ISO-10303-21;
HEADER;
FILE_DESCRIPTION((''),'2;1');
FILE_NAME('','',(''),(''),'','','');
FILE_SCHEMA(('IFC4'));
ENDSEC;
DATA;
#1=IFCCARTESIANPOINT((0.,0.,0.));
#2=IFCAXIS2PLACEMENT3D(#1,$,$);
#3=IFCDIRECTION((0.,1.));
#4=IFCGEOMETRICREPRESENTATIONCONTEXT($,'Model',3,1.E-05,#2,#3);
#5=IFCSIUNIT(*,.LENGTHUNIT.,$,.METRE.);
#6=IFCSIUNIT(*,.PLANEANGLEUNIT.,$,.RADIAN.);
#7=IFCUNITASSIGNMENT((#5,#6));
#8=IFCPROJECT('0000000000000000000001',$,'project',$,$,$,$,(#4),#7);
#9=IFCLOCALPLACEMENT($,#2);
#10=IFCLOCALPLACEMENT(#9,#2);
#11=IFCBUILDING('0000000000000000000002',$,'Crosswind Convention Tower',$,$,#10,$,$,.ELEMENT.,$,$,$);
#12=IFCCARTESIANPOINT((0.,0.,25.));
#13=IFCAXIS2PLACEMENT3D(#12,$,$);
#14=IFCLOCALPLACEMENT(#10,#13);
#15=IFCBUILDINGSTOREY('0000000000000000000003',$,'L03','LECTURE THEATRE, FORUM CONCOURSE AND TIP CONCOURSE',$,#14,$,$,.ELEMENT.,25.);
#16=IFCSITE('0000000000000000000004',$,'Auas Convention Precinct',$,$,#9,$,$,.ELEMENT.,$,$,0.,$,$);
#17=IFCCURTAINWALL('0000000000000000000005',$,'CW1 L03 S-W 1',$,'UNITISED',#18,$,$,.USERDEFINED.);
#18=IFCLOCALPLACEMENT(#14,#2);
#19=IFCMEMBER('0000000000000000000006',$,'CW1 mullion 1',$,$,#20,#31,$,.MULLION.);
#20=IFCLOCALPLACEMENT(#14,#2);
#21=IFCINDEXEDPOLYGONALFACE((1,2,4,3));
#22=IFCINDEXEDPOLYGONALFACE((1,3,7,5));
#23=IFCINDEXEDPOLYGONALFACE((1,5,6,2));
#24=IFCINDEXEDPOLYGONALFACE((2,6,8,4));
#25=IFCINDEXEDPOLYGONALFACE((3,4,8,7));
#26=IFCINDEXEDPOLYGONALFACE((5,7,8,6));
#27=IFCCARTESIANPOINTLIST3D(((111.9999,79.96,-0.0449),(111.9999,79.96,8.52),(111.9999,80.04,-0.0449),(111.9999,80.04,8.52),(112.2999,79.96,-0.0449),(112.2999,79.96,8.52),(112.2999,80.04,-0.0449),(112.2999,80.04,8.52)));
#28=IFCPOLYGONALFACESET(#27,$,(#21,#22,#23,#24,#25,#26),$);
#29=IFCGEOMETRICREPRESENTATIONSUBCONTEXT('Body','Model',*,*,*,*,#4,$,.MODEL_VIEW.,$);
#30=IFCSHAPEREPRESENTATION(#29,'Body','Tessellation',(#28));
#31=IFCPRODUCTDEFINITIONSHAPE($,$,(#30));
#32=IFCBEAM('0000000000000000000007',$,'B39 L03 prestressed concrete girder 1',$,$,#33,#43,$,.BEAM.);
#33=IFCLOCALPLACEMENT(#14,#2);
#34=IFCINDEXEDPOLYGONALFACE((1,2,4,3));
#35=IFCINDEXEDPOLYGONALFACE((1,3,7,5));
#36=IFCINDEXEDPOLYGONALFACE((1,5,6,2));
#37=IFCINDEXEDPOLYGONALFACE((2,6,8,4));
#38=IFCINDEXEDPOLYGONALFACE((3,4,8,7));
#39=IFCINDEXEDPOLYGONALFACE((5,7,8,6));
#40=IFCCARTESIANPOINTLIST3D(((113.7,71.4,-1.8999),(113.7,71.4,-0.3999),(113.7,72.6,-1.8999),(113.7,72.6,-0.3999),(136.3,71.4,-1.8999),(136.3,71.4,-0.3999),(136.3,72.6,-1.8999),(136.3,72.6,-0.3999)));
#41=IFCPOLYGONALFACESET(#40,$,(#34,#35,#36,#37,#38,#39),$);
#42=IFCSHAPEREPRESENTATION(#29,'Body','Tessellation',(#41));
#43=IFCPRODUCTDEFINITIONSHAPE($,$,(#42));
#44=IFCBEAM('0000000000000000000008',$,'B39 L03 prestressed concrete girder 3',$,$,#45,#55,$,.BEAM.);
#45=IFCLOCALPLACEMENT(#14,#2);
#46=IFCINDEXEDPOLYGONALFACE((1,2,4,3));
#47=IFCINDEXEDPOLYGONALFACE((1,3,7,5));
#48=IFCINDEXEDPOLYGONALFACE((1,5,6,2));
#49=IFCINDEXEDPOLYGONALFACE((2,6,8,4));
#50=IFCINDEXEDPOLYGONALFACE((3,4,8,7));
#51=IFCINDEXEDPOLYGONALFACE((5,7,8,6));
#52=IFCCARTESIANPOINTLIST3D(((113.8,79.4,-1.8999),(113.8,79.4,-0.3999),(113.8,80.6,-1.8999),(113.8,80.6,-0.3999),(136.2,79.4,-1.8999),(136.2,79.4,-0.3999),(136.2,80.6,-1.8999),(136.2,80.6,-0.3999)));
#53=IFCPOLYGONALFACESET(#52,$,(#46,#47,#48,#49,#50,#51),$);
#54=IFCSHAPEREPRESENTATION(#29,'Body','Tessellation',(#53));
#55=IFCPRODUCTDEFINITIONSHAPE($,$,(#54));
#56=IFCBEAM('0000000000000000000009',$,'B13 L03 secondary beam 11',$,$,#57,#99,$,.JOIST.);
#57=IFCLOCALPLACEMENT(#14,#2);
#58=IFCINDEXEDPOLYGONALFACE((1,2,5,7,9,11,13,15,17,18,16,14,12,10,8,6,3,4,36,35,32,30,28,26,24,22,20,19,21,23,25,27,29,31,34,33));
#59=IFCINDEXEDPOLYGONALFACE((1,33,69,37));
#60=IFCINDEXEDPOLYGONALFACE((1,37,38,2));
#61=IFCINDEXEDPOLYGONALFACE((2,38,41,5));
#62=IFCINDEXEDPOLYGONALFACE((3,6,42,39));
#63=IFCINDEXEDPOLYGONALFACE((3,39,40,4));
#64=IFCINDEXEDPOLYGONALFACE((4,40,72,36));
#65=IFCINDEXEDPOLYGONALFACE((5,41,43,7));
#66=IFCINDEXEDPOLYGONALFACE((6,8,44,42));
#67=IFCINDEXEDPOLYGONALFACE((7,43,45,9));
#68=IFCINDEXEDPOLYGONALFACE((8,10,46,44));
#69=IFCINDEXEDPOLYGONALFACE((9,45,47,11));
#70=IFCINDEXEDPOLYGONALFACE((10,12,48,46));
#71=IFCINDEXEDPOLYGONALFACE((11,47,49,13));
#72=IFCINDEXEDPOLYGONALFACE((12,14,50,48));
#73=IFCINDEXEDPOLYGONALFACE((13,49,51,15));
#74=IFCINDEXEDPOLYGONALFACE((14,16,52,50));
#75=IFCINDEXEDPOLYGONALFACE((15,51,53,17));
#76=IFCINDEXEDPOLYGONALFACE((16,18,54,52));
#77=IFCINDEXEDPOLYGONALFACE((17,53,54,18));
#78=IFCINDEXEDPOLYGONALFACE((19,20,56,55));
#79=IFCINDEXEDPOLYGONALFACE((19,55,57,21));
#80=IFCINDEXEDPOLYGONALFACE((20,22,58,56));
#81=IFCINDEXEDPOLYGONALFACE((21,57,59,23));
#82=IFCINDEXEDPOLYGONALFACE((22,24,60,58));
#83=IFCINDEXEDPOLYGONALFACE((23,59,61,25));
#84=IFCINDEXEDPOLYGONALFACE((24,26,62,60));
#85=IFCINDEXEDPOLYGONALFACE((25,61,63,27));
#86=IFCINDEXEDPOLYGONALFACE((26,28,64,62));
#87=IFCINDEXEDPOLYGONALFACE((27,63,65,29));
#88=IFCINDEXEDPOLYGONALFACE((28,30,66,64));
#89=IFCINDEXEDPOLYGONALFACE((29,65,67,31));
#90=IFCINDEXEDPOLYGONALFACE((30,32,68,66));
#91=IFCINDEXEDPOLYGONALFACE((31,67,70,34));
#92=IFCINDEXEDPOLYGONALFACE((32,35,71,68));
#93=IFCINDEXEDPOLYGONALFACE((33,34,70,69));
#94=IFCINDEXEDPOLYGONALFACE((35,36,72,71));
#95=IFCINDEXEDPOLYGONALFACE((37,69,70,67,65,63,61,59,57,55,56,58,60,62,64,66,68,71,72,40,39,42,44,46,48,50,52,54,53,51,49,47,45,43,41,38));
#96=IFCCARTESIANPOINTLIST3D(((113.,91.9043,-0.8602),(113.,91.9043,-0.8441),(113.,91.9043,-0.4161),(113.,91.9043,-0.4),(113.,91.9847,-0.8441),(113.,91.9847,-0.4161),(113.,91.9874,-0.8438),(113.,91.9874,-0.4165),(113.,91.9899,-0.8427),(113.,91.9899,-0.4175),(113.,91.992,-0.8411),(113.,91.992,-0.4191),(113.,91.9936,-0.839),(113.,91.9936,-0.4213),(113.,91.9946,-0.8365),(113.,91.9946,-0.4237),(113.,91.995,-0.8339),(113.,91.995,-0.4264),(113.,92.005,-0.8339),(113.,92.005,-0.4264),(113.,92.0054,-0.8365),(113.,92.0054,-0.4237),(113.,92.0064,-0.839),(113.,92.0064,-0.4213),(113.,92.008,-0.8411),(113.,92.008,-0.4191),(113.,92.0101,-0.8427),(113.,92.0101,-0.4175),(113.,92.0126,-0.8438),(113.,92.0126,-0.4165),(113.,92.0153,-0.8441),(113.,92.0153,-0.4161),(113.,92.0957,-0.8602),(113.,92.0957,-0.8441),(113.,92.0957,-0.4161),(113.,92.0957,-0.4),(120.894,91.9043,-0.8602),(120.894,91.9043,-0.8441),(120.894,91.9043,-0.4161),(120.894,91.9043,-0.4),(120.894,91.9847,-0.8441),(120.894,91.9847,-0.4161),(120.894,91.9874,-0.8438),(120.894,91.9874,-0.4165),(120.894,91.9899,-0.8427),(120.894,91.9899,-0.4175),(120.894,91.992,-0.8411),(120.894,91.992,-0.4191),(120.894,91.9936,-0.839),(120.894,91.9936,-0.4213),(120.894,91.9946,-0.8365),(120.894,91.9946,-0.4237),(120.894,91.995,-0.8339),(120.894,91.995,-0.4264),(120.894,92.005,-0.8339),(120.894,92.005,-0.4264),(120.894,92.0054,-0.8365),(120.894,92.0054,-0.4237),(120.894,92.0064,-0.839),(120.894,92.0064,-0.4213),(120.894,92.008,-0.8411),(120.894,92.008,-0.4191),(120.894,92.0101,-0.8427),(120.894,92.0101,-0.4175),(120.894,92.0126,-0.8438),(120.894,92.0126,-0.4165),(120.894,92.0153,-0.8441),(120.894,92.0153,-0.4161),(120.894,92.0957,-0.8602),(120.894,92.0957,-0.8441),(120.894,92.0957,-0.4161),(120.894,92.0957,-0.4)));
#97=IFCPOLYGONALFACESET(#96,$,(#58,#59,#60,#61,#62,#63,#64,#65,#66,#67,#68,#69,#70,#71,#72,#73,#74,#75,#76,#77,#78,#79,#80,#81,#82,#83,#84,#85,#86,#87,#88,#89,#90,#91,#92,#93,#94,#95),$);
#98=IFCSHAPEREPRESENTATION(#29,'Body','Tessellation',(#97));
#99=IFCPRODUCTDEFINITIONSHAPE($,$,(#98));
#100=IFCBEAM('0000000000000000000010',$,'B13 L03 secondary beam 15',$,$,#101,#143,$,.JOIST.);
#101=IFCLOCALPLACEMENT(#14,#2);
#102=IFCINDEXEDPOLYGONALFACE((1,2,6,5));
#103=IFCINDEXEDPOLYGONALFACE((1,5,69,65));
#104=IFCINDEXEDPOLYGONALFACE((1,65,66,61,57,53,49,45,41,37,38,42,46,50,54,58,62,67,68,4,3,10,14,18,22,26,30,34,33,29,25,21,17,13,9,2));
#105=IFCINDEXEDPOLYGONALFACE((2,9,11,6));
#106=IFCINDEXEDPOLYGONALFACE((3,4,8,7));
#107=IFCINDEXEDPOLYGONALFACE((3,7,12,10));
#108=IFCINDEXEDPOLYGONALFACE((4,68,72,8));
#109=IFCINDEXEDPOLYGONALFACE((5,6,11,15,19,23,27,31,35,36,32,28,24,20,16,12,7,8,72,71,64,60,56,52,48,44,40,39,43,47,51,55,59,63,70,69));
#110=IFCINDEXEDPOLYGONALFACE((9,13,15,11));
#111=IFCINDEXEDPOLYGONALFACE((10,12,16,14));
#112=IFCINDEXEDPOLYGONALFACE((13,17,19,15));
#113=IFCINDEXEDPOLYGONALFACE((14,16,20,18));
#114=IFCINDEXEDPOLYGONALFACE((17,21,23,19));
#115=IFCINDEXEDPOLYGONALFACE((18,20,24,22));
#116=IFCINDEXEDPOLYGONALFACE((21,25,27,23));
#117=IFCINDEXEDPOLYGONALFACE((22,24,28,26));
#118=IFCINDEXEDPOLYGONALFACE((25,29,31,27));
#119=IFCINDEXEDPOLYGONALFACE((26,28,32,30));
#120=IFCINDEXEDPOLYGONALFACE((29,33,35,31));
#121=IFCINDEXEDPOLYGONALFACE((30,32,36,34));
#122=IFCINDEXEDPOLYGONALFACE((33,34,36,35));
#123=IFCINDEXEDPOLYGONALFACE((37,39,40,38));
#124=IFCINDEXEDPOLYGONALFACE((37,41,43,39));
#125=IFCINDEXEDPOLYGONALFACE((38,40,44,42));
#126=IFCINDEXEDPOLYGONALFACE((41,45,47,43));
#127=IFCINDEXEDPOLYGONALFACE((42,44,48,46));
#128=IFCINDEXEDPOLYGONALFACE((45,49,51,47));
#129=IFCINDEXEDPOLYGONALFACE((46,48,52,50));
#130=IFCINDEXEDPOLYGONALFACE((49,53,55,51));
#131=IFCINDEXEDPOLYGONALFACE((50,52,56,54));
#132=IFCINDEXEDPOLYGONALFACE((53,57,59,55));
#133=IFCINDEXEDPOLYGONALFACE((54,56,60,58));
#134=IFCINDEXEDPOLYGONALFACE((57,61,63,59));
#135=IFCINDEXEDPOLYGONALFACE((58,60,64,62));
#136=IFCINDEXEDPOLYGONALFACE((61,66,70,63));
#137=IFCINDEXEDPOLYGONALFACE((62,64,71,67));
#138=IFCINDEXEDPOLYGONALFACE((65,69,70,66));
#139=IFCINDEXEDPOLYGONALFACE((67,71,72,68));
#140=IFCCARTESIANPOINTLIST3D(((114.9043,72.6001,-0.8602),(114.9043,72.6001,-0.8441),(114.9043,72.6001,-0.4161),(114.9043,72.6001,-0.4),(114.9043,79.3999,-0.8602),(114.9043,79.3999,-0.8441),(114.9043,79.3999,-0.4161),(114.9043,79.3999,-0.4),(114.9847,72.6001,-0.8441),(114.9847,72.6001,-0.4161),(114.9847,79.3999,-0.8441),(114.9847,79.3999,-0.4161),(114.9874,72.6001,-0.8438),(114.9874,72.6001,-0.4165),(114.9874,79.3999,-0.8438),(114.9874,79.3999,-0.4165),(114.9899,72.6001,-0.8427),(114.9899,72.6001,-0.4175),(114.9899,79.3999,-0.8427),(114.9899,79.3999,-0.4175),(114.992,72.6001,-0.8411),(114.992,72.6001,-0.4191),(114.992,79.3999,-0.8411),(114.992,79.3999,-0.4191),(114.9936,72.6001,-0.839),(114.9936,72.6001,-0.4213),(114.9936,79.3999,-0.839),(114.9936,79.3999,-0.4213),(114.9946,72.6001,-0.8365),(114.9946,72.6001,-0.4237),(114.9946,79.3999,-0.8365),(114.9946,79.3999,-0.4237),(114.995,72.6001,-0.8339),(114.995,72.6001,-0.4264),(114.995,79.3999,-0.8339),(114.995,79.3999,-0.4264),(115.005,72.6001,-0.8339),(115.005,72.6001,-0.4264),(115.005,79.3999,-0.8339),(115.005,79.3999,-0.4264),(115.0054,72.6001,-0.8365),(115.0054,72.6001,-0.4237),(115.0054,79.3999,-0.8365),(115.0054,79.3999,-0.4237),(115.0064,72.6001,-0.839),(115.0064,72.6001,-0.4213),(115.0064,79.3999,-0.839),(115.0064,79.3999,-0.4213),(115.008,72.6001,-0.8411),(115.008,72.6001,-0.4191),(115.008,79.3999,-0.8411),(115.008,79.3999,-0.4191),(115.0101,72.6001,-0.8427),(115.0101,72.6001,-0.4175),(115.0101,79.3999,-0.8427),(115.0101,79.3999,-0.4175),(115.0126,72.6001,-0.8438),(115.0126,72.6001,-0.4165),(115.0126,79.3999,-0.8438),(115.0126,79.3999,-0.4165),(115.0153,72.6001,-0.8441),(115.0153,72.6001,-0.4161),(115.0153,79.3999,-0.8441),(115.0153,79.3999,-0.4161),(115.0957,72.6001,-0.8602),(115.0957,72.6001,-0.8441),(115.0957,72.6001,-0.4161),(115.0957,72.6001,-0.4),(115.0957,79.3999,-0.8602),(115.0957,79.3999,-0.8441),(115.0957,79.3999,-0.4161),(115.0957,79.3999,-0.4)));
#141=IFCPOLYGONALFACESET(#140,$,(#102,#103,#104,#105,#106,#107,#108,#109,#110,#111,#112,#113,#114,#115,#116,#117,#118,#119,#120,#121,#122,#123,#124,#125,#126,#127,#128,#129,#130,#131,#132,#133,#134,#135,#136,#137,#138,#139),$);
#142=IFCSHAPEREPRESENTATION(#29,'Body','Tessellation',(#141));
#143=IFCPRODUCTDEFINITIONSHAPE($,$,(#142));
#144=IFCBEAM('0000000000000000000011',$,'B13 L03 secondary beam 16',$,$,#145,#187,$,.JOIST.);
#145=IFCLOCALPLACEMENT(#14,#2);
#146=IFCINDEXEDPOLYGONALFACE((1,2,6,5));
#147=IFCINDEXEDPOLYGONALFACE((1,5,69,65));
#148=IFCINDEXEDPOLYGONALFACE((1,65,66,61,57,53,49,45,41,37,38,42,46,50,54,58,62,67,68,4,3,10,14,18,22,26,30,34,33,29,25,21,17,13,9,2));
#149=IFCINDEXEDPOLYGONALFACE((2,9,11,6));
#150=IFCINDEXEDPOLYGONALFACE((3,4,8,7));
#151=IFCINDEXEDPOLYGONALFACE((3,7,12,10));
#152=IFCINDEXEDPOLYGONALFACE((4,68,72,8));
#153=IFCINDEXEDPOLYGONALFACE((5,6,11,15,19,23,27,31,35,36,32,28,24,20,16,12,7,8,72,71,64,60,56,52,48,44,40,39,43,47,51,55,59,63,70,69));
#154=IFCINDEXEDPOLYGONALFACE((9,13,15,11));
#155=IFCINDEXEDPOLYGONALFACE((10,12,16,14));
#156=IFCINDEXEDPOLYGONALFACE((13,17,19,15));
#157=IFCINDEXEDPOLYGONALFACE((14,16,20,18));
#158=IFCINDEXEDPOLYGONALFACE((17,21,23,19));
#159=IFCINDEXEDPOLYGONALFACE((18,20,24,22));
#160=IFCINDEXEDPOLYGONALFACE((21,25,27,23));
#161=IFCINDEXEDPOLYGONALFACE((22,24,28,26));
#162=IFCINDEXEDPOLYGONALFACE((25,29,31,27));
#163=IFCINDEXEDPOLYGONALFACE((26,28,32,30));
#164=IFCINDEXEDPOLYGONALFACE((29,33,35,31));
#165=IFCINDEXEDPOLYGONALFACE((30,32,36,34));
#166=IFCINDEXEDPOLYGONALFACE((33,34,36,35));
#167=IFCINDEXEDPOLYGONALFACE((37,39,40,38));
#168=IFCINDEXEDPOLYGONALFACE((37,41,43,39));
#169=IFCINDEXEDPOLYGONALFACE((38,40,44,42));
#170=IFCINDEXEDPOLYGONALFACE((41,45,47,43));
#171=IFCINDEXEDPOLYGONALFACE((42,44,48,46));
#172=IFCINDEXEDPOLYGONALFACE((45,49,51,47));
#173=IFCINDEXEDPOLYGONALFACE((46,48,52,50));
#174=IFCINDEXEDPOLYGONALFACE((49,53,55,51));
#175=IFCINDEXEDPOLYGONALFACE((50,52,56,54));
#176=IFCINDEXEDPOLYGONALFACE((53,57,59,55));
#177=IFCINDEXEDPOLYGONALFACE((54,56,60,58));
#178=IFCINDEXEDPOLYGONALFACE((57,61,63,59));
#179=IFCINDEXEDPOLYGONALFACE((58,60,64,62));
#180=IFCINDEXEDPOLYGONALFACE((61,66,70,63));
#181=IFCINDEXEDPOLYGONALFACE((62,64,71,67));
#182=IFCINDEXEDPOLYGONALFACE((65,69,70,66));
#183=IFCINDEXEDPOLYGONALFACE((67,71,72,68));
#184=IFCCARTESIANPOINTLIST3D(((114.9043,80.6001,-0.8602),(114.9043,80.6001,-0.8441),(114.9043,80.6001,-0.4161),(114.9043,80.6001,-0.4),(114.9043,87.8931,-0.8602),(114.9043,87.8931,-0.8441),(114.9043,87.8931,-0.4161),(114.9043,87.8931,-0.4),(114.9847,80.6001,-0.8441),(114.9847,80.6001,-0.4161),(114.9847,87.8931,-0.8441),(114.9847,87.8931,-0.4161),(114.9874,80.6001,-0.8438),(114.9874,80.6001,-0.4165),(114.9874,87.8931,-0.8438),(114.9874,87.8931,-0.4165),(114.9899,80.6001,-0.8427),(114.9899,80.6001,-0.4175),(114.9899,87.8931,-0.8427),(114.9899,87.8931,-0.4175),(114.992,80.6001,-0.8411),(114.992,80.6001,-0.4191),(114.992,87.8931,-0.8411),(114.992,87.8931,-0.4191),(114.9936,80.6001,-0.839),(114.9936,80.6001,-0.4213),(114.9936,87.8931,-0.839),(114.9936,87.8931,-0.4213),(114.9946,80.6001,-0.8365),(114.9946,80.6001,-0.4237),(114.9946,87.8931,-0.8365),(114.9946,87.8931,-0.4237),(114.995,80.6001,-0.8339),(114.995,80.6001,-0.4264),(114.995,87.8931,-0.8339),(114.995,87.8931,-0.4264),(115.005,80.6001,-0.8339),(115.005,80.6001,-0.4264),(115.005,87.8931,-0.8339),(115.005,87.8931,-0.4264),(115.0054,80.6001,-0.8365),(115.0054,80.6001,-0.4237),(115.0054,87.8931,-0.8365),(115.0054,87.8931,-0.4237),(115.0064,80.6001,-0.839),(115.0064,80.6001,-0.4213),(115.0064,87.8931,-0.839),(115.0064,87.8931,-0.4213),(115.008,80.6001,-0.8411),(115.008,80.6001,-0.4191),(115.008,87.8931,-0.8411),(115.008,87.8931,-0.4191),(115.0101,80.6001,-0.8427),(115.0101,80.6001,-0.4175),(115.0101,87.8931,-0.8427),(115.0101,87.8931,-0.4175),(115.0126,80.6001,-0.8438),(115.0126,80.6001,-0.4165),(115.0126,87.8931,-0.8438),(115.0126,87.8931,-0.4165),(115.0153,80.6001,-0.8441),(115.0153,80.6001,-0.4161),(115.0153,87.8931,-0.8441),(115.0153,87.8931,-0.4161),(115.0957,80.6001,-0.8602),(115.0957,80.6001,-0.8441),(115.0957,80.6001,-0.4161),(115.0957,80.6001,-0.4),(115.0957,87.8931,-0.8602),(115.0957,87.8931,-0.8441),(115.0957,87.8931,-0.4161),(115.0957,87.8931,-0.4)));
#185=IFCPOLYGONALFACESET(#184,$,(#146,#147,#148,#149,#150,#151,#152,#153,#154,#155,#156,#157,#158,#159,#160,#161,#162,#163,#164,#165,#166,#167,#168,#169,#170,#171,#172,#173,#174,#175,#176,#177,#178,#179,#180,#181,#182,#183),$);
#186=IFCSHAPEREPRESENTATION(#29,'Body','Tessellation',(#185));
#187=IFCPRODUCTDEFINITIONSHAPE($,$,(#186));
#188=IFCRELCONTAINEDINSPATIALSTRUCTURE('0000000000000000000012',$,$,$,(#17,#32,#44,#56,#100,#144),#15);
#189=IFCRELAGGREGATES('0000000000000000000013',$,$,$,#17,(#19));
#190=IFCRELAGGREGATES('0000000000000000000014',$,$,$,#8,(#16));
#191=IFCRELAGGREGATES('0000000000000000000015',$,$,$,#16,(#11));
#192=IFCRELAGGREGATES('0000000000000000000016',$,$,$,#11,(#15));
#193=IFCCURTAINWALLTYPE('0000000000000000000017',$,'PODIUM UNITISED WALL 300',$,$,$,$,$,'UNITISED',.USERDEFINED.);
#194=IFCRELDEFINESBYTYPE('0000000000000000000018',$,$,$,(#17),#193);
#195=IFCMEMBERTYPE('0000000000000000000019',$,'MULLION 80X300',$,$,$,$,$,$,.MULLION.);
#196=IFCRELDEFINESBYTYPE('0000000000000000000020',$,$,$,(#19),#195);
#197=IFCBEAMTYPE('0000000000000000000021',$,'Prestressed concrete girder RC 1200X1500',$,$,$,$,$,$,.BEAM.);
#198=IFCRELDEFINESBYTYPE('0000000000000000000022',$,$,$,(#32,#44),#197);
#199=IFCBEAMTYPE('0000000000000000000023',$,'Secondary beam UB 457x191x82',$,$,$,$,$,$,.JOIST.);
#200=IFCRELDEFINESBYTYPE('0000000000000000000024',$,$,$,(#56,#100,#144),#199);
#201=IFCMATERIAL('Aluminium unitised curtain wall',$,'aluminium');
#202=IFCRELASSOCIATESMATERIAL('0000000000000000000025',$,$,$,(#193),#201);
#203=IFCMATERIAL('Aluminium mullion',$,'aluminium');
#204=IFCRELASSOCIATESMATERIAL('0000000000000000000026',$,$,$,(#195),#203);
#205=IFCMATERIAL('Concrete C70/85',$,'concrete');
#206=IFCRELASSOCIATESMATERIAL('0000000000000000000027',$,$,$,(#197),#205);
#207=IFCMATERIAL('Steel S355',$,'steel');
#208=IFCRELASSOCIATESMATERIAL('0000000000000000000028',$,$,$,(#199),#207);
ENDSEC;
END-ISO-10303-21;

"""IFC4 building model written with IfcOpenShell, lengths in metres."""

from ifc_helpers import new_model, si_unit, direction, frame, origin, origin_2d, place, context, subcontext, project, spatial, rectangle, i_section, extrude, material, material_profile, profile_set, type_object, element, aggregate, save


model = new_model("IFC4")

# Units and contexts
model_context = context("Model", 3, precision=1e-05, world=origin(), true_north=direction((0.0, 1.0)))
body_context = subcontext(model_context, "Body", "Model", "MODEL_VIEW")
ifc_project = project(units=[si_unit("LENGTHUNIT", "METRE"), si_unit("PLANEANGLEUNIT", "RADIAN")], contexts=[model_context])

# Site, building, storey
site_placement = place(None, origin())
site = spatial("IfcSite", under=ifc_project, at=site_placement, Name="Auas Convention Precinct", CompositionType="ELEMENT", RefElevation=0.0)
building_placement = place(site_placement, origin())
building = spatial("IfcBuilding", under=site, at=building_placement, Name="Crosswind Convention Tower", CompositionType="ELEMENT")
storey_placement = place(building_placement, frame((0.0, 0.0, 25.0)))
storey = spatial("IfcBuildingStorey", under=building, at=storey_placement, Name="L03", Description="LECTURE THEATRE, FORUM CONCOURSE AND TIP CONCOURSE", CompositionType="ELEMENT", Elevation=25.0)

# Shared definitions
ifc_material_1 = material(Name="Steel S355", Category="steel")

# Shared definitions
ifc_material_2 = material(Name="Aluminium unitised curtain wall", Category="aluminium")
ifc_material_3 = material(Name="Aluminium mullion", Category="aluminium")

# Curtain wall, member
curtain_wall_type_1 = type_object("IfcCurtainWallType", Name="PODIUM UNITISED WALL 300", ElementType="UNITISED", PredefinedType="USERDEFINED", material=ifc_material_2)
curtain_wall_1_placement = place(storey_placement, origin())
curtain_wall_1 = element("IfcCurtainWall", 1, at=curtain_wall_1_placement, inside=storey, type_object=curtain_wall_type_1, Name="CW1 L03 S-W 1", ObjectType="UNITISED", PredefinedType="USERDEFINED")
ifc_material_profile_1 = material_profile(ifc_material_3, rectangle(XDim=0.3, YDim=0.0801, at=origin_2d()), Name="AL 300X80")
ifc_profile_set_1 = profile_set([ifc_material_profile_1], Name="Aluminium mullion")
member_type_1 = type_object("IfcMemberType", Name="MULLION 80X300", PredefinedType="MULLION", material=ifc_profile_set_1)
member_1_placement = place(storey_placement, frame((112.1499, 80.0, -0.0449), z_axis=(0.0, 0.0, 1.0), x_axis=(-1.0, 0.0, 0.0)))
member_1 = element("IfcMember", 2, at=member_1_placement, type_object=member_type_1, Name="CW1 mullion 1", PredefinedType="MULLION", context=body_context, shape_type="SweptSolid", body=[
    extrude(rectangle(XDim=0.3, YDim=0.0801, at=origin_2d()), origin(), (0.0, 0.0, 1.0), 8.5649),
])
aggregate(curtain_wall_1, [member_1])

# Beams
ifc_material_4 = material(Name="Concrete C70/85", Category="concrete")
ifc_material_profile_2 = material_profile(ifc_material_4, rectangle(XDim=1.2, YDim=1.5, at=origin_2d()), Name="RC 1200X1500")
ifc_profile_set_2 = profile_set([ifc_material_profile_2], Name="Concrete C70/85")
beam_type_1 = type_object("IfcBeamType", Name="Prestressed concrete girder RC 1200X1500", PredefinedType="BEAM", material=ifc_profile_set_2)
beam_1_placement = place(storey_placement, frame((113.7, 72.0, -1.1499), z_axis=(1.0, 0.0, 0.0), x_axis=(0.0, 1.0, 0.0)))
element("IfcBeam", 3, at=beam_1_placement, inside=storey, type_object=beam_type_1, Name="B39 L03 prestressed concrete girder 1", PredefinedType="BEAM", context=body_context, shape_type="SweptSolid", body=[
    extrude(rectangle(XDim=1.2, YDim=1.5, at=origin_2d()), origin(), (0.0, 0.0, 1.0), 22.6001),
])
beam_2_placement = place(storey_placement, frame((113.8, 80.0, -1.1499), z_axis=(1.0, 0.0, 0.0), x_axis=(0.0, 1.0, 0.0)))
element("IfcBeam", 4, at=beam_2_placement, inside=storey, type_object=beam_type_1, Name="B39 L03 prestressed concrete girder 3", PredefinedType="BEAM", context=body_context, shape_type="SweptSolid", body=[
    extrude(rectangle(XDim=1.2, YDim=1.5, at=origin_2d()), origin(), (0.0, 0.0, 1.0), 22.3999),
])
ifc_material_profile_3 = material_profile(ifc_material_1, i_section(OverallWidth=0.1914, OverallDepth=0.4602, WebThickness=0.01, FlangeThickness=0.0161, FilletRadius=0.0103, at=origin_2d()), Name="UB 457x191x82")
ifc_profile_set_3 = profile_set([ifc_material_profile_3], Name="Steel S355")
beam_type_2 = type_object("IfcBeamType", Name="Secondary beam UB 457x191x82", PredefinedType="JOIST", material=ifc_profile_set_3)
beam_3_placement = place(storey_placement, frame((113.0, 92.0, -0.6301), z_axis=(1.0, 0.0, 0.0), x_axis=(0.0, 1.0, 0.0)))
element("IfcBeam", 5, at=beam_3_placement, inside=storey, type_object=beam_type_2, Name="B13 L03 secondary beam 11", PredefinedType="JOIST", context=body_context, shape_type="SweptSolid", body=[
    extrude(i_section(OverallWidth=0.1914, OverallDepth=0.4602, WebThickness=0.01, FlangeThickness=0.0161, FilletRadius=0.0103, at=origin_2d()), origin(), (0.0, 0.0, 1.0), 7.894),
])
beam_4_placement = place(storey_placement, frame((115.0, 72.6001, -0.6301), z_axis=(0.0, 1.0, 0.0), x_axis=(-1.0, 0.0, 0.0)))
element("IfcBeam", 6, at=beam_4_placement, inside=storey, type_object=beam_type_2, Name="B13 L03 secondary beam 15", PredefinedType="JOIST", context=body_context, shape_type="SweptSolid", body=[
    extrude(i_section(OverallWidth=0.1914, OverallDepth=0.4602, WebThickness=0.01, FlangeThickness=0.0161, FilletRadius=0.0103, at=origin_2d()), origin(), (0.0, 0.0, 1.0), 6.7998),
])
beam_5_placement = place(storey_placement, frame((115.0, 80.6001, -0.6301), z_axis=(0.0, 1.0, 0.0), x_axis=(-1.0, 0.0, 0.0)))
element("IfcBeam", 7, at=beam_5_placement, inside=storey, type_object=beam_type_2, Name="B13 L03 secondary beam 16", PredefinedType="JOIST", context=body_context, shape_type="SweptSolid", body=[
    extrude(i_section(OverallWidth=0.1914, OverallDepth=0.4602, WebThickness=0.01, FlangeThickness=0.0161, FilletRadius=0.0103, at=origin_2d()), origin(), (0.0, 0.0, 1.0), 7.293),
])

save(model, "model.ifc")
